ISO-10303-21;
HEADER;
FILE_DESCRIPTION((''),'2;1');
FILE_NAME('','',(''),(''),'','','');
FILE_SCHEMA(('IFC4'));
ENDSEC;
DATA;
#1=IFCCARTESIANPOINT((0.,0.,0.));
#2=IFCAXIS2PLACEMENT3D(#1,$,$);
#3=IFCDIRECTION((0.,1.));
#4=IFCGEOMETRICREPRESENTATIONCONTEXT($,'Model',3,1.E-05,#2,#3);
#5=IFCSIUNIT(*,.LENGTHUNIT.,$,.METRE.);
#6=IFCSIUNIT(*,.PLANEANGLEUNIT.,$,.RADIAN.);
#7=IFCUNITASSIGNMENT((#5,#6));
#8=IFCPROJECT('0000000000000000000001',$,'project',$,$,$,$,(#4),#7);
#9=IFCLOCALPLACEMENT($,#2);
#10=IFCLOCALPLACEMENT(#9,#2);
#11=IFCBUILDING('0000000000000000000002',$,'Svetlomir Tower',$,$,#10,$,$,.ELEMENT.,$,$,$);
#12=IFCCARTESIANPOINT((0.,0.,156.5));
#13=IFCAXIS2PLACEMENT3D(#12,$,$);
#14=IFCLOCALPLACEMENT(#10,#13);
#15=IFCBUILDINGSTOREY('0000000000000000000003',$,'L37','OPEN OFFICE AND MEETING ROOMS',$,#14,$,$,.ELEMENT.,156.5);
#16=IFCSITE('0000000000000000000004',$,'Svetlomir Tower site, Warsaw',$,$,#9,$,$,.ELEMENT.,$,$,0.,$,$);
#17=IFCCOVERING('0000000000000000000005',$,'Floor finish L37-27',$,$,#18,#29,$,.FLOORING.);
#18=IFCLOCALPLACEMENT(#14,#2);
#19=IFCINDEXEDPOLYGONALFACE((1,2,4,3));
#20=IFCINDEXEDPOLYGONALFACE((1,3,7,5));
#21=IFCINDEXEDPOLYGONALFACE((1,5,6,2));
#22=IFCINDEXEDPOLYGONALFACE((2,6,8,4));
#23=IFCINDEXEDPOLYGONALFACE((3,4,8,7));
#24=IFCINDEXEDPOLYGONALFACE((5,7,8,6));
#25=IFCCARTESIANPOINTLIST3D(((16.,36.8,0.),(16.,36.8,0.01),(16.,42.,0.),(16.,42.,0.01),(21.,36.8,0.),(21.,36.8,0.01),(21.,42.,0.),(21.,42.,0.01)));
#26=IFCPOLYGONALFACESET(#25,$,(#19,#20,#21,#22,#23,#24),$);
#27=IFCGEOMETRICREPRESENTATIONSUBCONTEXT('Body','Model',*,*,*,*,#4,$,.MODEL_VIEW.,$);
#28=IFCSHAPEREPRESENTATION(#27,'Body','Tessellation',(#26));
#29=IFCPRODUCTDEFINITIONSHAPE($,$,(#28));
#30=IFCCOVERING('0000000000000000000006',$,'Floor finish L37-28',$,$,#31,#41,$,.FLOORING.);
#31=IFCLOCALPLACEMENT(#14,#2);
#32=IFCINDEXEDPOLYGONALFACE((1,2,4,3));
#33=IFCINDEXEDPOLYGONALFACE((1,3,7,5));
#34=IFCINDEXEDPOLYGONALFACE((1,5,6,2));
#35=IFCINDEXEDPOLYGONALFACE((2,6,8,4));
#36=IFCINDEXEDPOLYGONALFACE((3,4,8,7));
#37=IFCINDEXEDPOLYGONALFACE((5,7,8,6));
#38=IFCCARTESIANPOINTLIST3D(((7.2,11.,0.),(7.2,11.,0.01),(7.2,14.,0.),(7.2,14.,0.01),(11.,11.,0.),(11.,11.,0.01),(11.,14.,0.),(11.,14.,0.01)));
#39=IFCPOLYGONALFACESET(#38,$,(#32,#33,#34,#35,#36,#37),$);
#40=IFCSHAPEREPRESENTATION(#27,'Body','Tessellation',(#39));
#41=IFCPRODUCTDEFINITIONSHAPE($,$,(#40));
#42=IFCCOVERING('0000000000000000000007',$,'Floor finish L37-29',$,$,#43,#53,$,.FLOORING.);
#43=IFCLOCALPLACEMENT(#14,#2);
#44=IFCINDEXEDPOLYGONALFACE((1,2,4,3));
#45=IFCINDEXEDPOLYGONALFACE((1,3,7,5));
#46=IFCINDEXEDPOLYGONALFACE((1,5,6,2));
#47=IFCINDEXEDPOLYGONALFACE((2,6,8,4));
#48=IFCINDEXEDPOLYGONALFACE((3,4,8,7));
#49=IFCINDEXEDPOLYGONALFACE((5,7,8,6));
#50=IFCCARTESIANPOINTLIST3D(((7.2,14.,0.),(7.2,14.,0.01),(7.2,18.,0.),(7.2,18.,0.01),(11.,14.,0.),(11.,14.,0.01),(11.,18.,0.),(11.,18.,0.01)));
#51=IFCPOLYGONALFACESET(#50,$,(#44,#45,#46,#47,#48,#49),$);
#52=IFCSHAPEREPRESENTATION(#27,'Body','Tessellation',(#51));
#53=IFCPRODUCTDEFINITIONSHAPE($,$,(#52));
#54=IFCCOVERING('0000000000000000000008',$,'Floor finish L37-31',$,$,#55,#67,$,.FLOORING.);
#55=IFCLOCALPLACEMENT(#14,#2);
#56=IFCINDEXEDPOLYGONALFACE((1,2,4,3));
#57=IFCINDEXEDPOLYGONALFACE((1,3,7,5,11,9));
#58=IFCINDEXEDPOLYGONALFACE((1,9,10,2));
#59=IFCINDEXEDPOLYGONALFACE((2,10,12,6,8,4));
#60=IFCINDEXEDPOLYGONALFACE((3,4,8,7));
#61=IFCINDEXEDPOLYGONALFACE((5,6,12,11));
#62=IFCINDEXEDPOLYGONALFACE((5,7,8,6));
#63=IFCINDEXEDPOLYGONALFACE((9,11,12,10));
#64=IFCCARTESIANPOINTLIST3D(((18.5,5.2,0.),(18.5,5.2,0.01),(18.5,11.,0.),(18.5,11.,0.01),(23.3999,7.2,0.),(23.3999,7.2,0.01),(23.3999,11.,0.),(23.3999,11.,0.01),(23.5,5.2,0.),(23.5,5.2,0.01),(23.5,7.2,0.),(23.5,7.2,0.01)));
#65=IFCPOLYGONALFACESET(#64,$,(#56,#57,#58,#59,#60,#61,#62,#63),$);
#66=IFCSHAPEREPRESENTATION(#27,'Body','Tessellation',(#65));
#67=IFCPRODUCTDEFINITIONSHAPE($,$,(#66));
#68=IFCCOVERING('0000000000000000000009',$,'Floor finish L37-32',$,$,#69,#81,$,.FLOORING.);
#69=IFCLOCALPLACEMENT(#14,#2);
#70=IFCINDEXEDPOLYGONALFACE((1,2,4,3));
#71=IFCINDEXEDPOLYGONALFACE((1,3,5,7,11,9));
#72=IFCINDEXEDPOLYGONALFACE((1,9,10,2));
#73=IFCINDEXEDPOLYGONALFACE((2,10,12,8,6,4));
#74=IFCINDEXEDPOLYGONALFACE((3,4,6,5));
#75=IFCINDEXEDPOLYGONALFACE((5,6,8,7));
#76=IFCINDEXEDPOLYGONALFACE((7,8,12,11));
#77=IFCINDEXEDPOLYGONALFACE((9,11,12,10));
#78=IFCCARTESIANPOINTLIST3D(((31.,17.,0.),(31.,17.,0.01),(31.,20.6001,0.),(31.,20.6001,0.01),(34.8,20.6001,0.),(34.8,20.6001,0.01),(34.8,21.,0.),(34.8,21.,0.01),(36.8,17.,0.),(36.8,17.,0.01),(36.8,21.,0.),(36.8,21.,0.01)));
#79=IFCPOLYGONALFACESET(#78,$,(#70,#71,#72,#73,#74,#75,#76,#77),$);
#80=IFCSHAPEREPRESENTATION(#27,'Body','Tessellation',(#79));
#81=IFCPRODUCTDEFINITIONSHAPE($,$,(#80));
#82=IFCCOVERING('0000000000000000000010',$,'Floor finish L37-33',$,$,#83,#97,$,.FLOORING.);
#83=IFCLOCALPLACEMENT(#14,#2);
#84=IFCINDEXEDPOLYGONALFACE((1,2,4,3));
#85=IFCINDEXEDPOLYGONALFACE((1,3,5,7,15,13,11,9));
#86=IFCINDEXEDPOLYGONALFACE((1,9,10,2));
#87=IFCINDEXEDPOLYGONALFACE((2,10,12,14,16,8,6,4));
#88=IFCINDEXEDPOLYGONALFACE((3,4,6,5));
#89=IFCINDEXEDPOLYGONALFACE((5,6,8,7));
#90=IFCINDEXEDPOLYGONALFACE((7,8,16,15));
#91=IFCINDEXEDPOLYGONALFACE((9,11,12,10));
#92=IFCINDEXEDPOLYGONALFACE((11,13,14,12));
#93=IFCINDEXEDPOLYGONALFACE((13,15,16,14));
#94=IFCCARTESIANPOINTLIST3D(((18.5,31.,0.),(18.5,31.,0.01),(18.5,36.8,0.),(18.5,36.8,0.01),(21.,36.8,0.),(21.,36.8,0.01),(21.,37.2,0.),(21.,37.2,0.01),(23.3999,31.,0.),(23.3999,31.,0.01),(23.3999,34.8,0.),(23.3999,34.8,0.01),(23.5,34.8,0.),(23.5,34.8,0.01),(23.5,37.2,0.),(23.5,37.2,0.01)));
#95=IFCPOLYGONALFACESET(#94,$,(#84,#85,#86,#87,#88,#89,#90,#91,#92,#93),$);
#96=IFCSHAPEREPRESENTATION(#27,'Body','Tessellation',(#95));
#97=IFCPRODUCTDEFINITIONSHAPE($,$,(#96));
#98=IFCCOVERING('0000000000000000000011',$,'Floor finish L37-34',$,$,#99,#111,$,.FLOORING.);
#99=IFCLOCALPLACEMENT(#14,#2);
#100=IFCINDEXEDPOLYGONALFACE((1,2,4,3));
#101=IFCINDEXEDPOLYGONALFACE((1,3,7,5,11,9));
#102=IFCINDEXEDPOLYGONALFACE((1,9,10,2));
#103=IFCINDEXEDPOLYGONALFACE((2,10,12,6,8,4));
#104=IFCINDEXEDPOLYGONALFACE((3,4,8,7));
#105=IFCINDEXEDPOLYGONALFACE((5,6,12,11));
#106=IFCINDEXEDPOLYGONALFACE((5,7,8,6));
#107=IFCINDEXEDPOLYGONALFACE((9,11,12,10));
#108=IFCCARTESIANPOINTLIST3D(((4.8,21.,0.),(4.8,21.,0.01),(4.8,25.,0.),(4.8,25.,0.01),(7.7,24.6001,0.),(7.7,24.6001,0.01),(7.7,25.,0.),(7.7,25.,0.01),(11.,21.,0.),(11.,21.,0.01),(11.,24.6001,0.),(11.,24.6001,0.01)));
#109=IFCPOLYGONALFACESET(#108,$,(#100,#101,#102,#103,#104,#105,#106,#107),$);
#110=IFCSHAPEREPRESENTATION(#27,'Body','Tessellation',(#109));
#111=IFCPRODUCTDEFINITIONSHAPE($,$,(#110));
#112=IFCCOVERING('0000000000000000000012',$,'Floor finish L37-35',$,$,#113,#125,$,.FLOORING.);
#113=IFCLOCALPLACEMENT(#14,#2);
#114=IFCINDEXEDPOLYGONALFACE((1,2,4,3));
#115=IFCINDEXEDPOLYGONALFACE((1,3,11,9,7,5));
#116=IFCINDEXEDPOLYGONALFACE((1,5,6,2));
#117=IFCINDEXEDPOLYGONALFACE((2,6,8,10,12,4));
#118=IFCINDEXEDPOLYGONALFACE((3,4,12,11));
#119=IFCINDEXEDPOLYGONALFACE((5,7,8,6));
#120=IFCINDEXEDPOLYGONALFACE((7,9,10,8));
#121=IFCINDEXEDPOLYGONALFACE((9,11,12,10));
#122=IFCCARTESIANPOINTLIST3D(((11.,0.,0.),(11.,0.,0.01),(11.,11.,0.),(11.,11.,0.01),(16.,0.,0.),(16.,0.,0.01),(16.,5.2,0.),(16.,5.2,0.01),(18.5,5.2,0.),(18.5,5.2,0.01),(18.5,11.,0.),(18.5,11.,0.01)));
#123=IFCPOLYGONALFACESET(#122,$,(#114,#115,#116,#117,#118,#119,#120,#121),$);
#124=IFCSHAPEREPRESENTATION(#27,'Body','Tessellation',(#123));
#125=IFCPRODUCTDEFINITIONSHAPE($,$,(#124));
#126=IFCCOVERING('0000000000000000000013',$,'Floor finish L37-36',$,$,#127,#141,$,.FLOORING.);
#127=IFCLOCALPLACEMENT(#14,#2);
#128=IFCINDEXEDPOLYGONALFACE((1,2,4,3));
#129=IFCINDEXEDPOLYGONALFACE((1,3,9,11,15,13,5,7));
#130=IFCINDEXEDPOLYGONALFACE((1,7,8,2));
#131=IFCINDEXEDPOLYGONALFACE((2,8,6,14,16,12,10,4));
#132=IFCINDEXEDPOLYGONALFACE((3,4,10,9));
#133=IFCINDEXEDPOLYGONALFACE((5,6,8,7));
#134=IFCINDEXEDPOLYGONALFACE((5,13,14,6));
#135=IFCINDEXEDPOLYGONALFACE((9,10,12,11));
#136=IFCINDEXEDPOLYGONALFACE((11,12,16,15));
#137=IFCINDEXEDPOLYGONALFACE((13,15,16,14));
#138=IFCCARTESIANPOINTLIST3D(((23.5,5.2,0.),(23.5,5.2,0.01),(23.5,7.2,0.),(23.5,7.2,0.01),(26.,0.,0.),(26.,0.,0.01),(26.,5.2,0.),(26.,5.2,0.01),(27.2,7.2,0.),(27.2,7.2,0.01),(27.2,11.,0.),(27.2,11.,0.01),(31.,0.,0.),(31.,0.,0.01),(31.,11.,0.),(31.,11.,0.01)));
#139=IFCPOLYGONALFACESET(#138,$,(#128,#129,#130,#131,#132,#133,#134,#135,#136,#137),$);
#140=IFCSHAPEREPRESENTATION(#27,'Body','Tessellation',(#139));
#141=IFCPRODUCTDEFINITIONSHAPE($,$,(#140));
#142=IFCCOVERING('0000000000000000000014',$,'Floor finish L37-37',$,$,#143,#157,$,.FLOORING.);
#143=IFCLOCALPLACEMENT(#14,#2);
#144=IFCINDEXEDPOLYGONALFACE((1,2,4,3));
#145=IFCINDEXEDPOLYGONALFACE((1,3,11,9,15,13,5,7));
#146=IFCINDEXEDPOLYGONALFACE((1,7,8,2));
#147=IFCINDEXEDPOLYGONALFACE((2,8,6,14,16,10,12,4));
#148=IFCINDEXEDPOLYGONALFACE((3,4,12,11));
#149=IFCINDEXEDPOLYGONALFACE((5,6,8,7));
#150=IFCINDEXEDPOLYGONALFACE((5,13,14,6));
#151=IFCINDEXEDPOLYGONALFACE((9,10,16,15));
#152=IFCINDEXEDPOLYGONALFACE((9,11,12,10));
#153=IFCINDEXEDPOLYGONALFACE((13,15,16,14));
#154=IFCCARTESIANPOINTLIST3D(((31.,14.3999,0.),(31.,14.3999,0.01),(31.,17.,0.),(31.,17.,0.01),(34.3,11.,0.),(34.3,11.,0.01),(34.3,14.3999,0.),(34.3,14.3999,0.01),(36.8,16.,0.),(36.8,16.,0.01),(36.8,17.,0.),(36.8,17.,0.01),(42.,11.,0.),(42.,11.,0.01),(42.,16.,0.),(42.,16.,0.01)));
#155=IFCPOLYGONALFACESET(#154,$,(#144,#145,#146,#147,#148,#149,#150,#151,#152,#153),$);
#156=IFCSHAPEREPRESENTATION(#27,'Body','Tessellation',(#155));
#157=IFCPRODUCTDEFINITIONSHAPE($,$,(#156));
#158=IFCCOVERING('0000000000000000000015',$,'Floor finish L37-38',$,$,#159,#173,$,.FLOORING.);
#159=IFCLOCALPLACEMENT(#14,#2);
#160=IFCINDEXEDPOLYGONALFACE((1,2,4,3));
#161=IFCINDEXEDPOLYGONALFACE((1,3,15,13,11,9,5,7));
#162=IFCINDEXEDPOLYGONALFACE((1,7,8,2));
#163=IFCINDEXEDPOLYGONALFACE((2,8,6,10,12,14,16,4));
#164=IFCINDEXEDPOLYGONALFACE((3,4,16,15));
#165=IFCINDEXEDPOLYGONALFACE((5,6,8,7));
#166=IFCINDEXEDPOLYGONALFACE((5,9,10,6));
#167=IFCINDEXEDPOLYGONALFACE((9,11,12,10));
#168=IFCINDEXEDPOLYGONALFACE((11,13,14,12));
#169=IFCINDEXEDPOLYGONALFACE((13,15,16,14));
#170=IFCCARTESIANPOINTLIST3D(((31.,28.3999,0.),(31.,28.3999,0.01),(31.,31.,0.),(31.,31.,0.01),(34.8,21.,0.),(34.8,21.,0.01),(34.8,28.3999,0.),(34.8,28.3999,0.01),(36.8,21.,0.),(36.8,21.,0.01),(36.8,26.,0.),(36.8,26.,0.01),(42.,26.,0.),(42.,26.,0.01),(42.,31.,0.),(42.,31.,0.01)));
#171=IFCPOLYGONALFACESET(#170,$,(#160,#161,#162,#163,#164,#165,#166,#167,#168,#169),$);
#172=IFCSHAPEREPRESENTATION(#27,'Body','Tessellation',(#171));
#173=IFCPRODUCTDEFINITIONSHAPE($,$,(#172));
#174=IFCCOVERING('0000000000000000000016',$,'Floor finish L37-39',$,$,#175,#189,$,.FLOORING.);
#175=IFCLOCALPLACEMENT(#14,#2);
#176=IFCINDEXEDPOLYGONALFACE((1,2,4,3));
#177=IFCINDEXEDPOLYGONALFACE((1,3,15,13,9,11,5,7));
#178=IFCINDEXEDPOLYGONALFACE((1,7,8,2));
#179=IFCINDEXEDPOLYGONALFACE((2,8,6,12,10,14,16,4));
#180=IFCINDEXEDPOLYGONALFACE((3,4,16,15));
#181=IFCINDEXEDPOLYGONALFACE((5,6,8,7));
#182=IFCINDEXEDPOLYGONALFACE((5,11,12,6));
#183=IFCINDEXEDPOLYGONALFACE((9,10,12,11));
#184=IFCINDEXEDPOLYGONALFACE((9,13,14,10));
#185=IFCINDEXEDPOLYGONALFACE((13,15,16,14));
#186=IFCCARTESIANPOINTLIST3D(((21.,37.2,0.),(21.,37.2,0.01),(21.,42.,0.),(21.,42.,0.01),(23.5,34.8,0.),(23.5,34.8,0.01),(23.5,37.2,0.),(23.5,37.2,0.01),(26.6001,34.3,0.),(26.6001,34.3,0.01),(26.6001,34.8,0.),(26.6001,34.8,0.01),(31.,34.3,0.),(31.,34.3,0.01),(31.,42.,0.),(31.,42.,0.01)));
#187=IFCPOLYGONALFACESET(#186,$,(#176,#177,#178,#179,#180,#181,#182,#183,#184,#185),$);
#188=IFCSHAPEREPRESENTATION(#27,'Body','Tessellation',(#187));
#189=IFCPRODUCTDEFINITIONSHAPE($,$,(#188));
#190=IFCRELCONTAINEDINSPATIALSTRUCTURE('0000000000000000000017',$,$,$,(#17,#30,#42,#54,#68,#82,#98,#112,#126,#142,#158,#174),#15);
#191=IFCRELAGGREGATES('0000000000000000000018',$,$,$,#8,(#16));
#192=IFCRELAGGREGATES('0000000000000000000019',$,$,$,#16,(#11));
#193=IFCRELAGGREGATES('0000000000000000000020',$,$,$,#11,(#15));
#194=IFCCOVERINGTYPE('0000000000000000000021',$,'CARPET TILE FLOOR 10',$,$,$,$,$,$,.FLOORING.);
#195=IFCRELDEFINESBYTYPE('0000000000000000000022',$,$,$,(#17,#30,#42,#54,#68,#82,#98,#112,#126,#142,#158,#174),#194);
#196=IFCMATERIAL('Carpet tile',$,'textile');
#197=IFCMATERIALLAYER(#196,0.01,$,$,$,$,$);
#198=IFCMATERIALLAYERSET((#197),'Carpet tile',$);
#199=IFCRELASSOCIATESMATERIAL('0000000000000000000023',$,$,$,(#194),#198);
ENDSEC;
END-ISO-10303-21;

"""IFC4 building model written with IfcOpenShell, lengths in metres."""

from ifc_helpers import new_model, si_unit, direction, frame, origin, place, context, subcontext, project, spatial, polyline, outline, extrude, material, layer, layer_set, type_object, element, save


model = new_model("IFC4")

# Units and contexts
model_context = context("Model", 3, precision=1e-05, world=origin(), true_north=direction((0.0, 1.0)))
body_context = subcontext(model_context, "Body", "Model", "MODEL_VIEW")
ifc_project = project(units=[si_unit("LENGTHUNIT", "METRE"), si_unit("PLANEANGLEUNIT", "RADIAN")], contexts=[model_context])

# Site, building, storey
site_placement = place(None, origin())
site = spatial("IfcSite", under=ifc_project, at=site_placement, Name="Svetlomir Tower site, Warsaw", CompositionType="ELEMENT", RefElevation=0.0)
building_placement = place(site_placement, origin())
building = spatial("IfcBuilding", under=site, at=building_placement, Name="Svetlomir Tower", CompositionType="ELEMENT")
storey_placement = place(building_placement, frame((0.0, 0.0, 156.5)))
storey = spatial("IfcBuildingStorey", under=building, at=storey_placement, Name="L37", Description="OPEN OFFICE AND MEETING ROOMS", CompositionType="ELEMENT", Elevation=156.5)

# Coverings
ifc_material_1 = material(Name="Carpet tile", Category="textile")
ifc_layer_1 = layer(ifc_material_1, 0.01)
ifc_layer_set_1 = layer_set([ifc_layer_1], Name="Carpet tile")
covering_type_1 = type_object("IfcCoveringType", Name="CARPET TILE FLOOR 10", PredefinedType="FLOORING", material=ifc_layer_set_1)
covering_1_placement = place(storey_placement, origin())
element("IfcCovering", 1, at=covering_1_placement, inside=storey, type_object=covering_type_1, Name="Floor finish L37-27", PredefinedType="FLOORING", context=body_context, shape_type="SweptSolid", body=[
    extrude(outline(polyline([(16.0, 36.8), (21.0, 36.8), (21.0, 42.0), (16.0, 42.0), (16.0, 36.8)])), origin(), (0.0, 0.0, 1.0), 0.01),
])
covering_2_placement = place(storey_placement, origin())
element("IfcCovering", 2, at=covering_2_placement, inside=storey, type_object=covering_type_1, Name="Floor finish L37-28", PredefinedType="FLOORING", context=body_context, shape_type="SweptSolid", body=[
    extrude(outline(polyline([(7.2, 11.0), (11.0, 11.0), (11.0, 14.0), (7.2, 14.0), (7.2, 11.0)])), origin(), (0.0, 0.0, 1.0), 0.01),
])
covering_3_placement = place(storey_placement, origin())
element("IfcCovering", 3, at=covering_3_placement, inside=storey, type_object=covering_type_1, Name="Floor finish L37-29", PredefinedType="FLOORING", context=body_context, shape_type="SweptSolid", body=[
    extrude(outline(polyline([(7.2, 14.0), (11.0, 14.0), (11.0, 18.0), (7.2, 18.0), (7.2, 14.0)])), origin(), (0.0, 0.0, 1.0), 0.01),
])
covering_4_placement = place(storey_placement, origin())
element("IfcCovering", 4, at=covering_4_placement, inside=storey, type_object=covering_type_1, Name="Floor finish L37-31", PredefinedType="FLOORING", context=body_context, shape_type="SweptSolid", body=[
    extrude(outline(polyline([(23.3999, 11.0), (23.3999, 7.2), (23.5, 7.2), (23.5, 5.2), (18.5, 5.2), (18.5, 11.0), (23.3999, 11.0)])), origin(), (0.0, 0.0, 1.0), 0.01),
])
covering_5_placement = place(storey_placement, origin())
element("IfcCovering", 5, at=covering_5_placement, inside=storey, type_object=covering_type_1, Name="Floor finish L37-32", PredefinedType="FLOORING", context=body_context, shape_type="SweptSolid", body=[
    extrude(outline(polyline([(31.0, 20.6001), (34.8, 20.6001), (34.8, 21.0), (36.8, 21.0), (36.8, 17.0), (31.0, 17.0), (31.0, 20.6001)])), origin(), (0.0, 0.0, 1.0), 0.01),
])
covering_6_placement = place(storey_placement, origin())
element("IfcCovering", 6, at=covering_6_placement, inside=storey, type_object=covering_type_1, Name="Floor finish L37-33", PredefinedType="FLOORING", context=body_context, shape_type="SweptSolid", body=[
    extrude(outline(polyline([(23.3999, 34.8), (23.3999, 31.0), (18.5, 31.0), (18.5, 36.8), (21.0, 36.8), (21.0, 37.2), (23.5, 37.2), (23.5, 34.8), (23.3999, 34.8)])), origin(), (0.0, 0.0, 1.0), 0.01),
])
covering_7_placement = place(storey_placement, origin())
element("IfcCovering", 7, at=covering_7_placement, inside=storey, type_object=covering_type_1, Name="Floor finish L37-34", PredefinedType="FLOORING", context=body_context, shape_type="SweptSolid", body=[
    extrude(outline(polyline([(7.7, 24.6001), (11.0, 24.6001), (11.0, 21.0), (4.8, 21.0), (4.8, 25.0), (7.7, 25.0), (7.7, 24.6001)])), origin(), (0.0, 0.0, 1.0), 0.01),
])
covering_8_placement = place(storey_placement, origin())
element("IfcCovering", 8, at=covering_8_placement, inside=storey, type_object=covering_type_1, Name="Floor finish L37-35", PredefinedType="FLOORING", context=body_context, shape_type="SweptSolid", body=[
    extrude(outline(polyline([(18.5, 11.0), (18.5, 5.2), (16.0, 5.2), (16.0, 0.0), (11.0, 0.0), (11.0, 11.0), (18.5, 11.0)])), origin(), (0.0, 0.0, 1.0), 0.01),
])
covering_9_placement = place(storey_placement, origin())
element("IfcCovering", 9, at=covering_9_placement, inside=storey, type_object=covering_type_1, Name="Floor finish L37-36", PredefinedType="FLOORING", context=body_context, shape_type="SweptSolid", body=[
    extrude(outline(polyline([(27.2, 11.0), (31.0, 11.0), (31.0, 0.0), (26.0, 0.0), (26.0, 5.2), (23.5, 5.2), (23.5, 7.2), (27.2, 7.2), (27.2, 11.0)])), origin(), (0.0, 0.0, 1.0), 0.01),
])
covering_10_placement = place(storey_placement, origin())
element("IfcCovering", 10, at=covering_10_placement, inside=storey, type_object=covering_type_1, Name="Floor finish L37-37", PredefinedType="FLOORING", context=body_context, shape_type="SweptSolid", body=[
    extrude(outline(polyline([(34.3, 14.3999), (31.0, 14.3999), (31.0, 17.0), (36.8, 17.0), (36.8, 16.0), (42.0, 16.0), (42.0, 11.0), (34.3, 11.0), (34.3, 14.3999)])), origin(), (0.0, 0.0, 1.0), 0.01),
])
covering_11_placement = place(storey_placement, origin())
element("IfcCovering", 11, at=covering_11_placement, inside=storey, type_object=covering_type_1, Name="Floor finish L37-38", PredefinedType="FLOORING", context=body_context, shape_type="SweptSolid", body=[
    extrude(outline(polyline([(34.8, 28.3999), (31.0, 28.3999), (31.0, 31.0), (42.0, 31.0), (42.0, 26.0), (36.8, 26.0), (36.8, 21.0), (34.8, 21.0), (34.8, 28.3999)])), origin(), (0.0, 0.0, 1.0), 0.01),
])
covering_12_placement = place(storey_placement, origin())
element("IfcCovering", 12, at=covering_12_placement, inside=storey, type_object=covering_type_1, Name="Floor finish L37-39", PredefinedType="FLOORING", context=body_context, shape_type="SweptSolid", body=[
    extrude(outline(polyline([(26.6001, 34.3), (26.6001, 34.8), (23.5, 34.8), (23.5, 37.2), (21.0, 37.2), (21.0, 42.0), (31.0, 42.0), (31.0, 34.3), (26.6001, 34.3)])), origin(), (0.0, 0.0, 1.0), 0.01),
])

save(model, "model.ifc")
